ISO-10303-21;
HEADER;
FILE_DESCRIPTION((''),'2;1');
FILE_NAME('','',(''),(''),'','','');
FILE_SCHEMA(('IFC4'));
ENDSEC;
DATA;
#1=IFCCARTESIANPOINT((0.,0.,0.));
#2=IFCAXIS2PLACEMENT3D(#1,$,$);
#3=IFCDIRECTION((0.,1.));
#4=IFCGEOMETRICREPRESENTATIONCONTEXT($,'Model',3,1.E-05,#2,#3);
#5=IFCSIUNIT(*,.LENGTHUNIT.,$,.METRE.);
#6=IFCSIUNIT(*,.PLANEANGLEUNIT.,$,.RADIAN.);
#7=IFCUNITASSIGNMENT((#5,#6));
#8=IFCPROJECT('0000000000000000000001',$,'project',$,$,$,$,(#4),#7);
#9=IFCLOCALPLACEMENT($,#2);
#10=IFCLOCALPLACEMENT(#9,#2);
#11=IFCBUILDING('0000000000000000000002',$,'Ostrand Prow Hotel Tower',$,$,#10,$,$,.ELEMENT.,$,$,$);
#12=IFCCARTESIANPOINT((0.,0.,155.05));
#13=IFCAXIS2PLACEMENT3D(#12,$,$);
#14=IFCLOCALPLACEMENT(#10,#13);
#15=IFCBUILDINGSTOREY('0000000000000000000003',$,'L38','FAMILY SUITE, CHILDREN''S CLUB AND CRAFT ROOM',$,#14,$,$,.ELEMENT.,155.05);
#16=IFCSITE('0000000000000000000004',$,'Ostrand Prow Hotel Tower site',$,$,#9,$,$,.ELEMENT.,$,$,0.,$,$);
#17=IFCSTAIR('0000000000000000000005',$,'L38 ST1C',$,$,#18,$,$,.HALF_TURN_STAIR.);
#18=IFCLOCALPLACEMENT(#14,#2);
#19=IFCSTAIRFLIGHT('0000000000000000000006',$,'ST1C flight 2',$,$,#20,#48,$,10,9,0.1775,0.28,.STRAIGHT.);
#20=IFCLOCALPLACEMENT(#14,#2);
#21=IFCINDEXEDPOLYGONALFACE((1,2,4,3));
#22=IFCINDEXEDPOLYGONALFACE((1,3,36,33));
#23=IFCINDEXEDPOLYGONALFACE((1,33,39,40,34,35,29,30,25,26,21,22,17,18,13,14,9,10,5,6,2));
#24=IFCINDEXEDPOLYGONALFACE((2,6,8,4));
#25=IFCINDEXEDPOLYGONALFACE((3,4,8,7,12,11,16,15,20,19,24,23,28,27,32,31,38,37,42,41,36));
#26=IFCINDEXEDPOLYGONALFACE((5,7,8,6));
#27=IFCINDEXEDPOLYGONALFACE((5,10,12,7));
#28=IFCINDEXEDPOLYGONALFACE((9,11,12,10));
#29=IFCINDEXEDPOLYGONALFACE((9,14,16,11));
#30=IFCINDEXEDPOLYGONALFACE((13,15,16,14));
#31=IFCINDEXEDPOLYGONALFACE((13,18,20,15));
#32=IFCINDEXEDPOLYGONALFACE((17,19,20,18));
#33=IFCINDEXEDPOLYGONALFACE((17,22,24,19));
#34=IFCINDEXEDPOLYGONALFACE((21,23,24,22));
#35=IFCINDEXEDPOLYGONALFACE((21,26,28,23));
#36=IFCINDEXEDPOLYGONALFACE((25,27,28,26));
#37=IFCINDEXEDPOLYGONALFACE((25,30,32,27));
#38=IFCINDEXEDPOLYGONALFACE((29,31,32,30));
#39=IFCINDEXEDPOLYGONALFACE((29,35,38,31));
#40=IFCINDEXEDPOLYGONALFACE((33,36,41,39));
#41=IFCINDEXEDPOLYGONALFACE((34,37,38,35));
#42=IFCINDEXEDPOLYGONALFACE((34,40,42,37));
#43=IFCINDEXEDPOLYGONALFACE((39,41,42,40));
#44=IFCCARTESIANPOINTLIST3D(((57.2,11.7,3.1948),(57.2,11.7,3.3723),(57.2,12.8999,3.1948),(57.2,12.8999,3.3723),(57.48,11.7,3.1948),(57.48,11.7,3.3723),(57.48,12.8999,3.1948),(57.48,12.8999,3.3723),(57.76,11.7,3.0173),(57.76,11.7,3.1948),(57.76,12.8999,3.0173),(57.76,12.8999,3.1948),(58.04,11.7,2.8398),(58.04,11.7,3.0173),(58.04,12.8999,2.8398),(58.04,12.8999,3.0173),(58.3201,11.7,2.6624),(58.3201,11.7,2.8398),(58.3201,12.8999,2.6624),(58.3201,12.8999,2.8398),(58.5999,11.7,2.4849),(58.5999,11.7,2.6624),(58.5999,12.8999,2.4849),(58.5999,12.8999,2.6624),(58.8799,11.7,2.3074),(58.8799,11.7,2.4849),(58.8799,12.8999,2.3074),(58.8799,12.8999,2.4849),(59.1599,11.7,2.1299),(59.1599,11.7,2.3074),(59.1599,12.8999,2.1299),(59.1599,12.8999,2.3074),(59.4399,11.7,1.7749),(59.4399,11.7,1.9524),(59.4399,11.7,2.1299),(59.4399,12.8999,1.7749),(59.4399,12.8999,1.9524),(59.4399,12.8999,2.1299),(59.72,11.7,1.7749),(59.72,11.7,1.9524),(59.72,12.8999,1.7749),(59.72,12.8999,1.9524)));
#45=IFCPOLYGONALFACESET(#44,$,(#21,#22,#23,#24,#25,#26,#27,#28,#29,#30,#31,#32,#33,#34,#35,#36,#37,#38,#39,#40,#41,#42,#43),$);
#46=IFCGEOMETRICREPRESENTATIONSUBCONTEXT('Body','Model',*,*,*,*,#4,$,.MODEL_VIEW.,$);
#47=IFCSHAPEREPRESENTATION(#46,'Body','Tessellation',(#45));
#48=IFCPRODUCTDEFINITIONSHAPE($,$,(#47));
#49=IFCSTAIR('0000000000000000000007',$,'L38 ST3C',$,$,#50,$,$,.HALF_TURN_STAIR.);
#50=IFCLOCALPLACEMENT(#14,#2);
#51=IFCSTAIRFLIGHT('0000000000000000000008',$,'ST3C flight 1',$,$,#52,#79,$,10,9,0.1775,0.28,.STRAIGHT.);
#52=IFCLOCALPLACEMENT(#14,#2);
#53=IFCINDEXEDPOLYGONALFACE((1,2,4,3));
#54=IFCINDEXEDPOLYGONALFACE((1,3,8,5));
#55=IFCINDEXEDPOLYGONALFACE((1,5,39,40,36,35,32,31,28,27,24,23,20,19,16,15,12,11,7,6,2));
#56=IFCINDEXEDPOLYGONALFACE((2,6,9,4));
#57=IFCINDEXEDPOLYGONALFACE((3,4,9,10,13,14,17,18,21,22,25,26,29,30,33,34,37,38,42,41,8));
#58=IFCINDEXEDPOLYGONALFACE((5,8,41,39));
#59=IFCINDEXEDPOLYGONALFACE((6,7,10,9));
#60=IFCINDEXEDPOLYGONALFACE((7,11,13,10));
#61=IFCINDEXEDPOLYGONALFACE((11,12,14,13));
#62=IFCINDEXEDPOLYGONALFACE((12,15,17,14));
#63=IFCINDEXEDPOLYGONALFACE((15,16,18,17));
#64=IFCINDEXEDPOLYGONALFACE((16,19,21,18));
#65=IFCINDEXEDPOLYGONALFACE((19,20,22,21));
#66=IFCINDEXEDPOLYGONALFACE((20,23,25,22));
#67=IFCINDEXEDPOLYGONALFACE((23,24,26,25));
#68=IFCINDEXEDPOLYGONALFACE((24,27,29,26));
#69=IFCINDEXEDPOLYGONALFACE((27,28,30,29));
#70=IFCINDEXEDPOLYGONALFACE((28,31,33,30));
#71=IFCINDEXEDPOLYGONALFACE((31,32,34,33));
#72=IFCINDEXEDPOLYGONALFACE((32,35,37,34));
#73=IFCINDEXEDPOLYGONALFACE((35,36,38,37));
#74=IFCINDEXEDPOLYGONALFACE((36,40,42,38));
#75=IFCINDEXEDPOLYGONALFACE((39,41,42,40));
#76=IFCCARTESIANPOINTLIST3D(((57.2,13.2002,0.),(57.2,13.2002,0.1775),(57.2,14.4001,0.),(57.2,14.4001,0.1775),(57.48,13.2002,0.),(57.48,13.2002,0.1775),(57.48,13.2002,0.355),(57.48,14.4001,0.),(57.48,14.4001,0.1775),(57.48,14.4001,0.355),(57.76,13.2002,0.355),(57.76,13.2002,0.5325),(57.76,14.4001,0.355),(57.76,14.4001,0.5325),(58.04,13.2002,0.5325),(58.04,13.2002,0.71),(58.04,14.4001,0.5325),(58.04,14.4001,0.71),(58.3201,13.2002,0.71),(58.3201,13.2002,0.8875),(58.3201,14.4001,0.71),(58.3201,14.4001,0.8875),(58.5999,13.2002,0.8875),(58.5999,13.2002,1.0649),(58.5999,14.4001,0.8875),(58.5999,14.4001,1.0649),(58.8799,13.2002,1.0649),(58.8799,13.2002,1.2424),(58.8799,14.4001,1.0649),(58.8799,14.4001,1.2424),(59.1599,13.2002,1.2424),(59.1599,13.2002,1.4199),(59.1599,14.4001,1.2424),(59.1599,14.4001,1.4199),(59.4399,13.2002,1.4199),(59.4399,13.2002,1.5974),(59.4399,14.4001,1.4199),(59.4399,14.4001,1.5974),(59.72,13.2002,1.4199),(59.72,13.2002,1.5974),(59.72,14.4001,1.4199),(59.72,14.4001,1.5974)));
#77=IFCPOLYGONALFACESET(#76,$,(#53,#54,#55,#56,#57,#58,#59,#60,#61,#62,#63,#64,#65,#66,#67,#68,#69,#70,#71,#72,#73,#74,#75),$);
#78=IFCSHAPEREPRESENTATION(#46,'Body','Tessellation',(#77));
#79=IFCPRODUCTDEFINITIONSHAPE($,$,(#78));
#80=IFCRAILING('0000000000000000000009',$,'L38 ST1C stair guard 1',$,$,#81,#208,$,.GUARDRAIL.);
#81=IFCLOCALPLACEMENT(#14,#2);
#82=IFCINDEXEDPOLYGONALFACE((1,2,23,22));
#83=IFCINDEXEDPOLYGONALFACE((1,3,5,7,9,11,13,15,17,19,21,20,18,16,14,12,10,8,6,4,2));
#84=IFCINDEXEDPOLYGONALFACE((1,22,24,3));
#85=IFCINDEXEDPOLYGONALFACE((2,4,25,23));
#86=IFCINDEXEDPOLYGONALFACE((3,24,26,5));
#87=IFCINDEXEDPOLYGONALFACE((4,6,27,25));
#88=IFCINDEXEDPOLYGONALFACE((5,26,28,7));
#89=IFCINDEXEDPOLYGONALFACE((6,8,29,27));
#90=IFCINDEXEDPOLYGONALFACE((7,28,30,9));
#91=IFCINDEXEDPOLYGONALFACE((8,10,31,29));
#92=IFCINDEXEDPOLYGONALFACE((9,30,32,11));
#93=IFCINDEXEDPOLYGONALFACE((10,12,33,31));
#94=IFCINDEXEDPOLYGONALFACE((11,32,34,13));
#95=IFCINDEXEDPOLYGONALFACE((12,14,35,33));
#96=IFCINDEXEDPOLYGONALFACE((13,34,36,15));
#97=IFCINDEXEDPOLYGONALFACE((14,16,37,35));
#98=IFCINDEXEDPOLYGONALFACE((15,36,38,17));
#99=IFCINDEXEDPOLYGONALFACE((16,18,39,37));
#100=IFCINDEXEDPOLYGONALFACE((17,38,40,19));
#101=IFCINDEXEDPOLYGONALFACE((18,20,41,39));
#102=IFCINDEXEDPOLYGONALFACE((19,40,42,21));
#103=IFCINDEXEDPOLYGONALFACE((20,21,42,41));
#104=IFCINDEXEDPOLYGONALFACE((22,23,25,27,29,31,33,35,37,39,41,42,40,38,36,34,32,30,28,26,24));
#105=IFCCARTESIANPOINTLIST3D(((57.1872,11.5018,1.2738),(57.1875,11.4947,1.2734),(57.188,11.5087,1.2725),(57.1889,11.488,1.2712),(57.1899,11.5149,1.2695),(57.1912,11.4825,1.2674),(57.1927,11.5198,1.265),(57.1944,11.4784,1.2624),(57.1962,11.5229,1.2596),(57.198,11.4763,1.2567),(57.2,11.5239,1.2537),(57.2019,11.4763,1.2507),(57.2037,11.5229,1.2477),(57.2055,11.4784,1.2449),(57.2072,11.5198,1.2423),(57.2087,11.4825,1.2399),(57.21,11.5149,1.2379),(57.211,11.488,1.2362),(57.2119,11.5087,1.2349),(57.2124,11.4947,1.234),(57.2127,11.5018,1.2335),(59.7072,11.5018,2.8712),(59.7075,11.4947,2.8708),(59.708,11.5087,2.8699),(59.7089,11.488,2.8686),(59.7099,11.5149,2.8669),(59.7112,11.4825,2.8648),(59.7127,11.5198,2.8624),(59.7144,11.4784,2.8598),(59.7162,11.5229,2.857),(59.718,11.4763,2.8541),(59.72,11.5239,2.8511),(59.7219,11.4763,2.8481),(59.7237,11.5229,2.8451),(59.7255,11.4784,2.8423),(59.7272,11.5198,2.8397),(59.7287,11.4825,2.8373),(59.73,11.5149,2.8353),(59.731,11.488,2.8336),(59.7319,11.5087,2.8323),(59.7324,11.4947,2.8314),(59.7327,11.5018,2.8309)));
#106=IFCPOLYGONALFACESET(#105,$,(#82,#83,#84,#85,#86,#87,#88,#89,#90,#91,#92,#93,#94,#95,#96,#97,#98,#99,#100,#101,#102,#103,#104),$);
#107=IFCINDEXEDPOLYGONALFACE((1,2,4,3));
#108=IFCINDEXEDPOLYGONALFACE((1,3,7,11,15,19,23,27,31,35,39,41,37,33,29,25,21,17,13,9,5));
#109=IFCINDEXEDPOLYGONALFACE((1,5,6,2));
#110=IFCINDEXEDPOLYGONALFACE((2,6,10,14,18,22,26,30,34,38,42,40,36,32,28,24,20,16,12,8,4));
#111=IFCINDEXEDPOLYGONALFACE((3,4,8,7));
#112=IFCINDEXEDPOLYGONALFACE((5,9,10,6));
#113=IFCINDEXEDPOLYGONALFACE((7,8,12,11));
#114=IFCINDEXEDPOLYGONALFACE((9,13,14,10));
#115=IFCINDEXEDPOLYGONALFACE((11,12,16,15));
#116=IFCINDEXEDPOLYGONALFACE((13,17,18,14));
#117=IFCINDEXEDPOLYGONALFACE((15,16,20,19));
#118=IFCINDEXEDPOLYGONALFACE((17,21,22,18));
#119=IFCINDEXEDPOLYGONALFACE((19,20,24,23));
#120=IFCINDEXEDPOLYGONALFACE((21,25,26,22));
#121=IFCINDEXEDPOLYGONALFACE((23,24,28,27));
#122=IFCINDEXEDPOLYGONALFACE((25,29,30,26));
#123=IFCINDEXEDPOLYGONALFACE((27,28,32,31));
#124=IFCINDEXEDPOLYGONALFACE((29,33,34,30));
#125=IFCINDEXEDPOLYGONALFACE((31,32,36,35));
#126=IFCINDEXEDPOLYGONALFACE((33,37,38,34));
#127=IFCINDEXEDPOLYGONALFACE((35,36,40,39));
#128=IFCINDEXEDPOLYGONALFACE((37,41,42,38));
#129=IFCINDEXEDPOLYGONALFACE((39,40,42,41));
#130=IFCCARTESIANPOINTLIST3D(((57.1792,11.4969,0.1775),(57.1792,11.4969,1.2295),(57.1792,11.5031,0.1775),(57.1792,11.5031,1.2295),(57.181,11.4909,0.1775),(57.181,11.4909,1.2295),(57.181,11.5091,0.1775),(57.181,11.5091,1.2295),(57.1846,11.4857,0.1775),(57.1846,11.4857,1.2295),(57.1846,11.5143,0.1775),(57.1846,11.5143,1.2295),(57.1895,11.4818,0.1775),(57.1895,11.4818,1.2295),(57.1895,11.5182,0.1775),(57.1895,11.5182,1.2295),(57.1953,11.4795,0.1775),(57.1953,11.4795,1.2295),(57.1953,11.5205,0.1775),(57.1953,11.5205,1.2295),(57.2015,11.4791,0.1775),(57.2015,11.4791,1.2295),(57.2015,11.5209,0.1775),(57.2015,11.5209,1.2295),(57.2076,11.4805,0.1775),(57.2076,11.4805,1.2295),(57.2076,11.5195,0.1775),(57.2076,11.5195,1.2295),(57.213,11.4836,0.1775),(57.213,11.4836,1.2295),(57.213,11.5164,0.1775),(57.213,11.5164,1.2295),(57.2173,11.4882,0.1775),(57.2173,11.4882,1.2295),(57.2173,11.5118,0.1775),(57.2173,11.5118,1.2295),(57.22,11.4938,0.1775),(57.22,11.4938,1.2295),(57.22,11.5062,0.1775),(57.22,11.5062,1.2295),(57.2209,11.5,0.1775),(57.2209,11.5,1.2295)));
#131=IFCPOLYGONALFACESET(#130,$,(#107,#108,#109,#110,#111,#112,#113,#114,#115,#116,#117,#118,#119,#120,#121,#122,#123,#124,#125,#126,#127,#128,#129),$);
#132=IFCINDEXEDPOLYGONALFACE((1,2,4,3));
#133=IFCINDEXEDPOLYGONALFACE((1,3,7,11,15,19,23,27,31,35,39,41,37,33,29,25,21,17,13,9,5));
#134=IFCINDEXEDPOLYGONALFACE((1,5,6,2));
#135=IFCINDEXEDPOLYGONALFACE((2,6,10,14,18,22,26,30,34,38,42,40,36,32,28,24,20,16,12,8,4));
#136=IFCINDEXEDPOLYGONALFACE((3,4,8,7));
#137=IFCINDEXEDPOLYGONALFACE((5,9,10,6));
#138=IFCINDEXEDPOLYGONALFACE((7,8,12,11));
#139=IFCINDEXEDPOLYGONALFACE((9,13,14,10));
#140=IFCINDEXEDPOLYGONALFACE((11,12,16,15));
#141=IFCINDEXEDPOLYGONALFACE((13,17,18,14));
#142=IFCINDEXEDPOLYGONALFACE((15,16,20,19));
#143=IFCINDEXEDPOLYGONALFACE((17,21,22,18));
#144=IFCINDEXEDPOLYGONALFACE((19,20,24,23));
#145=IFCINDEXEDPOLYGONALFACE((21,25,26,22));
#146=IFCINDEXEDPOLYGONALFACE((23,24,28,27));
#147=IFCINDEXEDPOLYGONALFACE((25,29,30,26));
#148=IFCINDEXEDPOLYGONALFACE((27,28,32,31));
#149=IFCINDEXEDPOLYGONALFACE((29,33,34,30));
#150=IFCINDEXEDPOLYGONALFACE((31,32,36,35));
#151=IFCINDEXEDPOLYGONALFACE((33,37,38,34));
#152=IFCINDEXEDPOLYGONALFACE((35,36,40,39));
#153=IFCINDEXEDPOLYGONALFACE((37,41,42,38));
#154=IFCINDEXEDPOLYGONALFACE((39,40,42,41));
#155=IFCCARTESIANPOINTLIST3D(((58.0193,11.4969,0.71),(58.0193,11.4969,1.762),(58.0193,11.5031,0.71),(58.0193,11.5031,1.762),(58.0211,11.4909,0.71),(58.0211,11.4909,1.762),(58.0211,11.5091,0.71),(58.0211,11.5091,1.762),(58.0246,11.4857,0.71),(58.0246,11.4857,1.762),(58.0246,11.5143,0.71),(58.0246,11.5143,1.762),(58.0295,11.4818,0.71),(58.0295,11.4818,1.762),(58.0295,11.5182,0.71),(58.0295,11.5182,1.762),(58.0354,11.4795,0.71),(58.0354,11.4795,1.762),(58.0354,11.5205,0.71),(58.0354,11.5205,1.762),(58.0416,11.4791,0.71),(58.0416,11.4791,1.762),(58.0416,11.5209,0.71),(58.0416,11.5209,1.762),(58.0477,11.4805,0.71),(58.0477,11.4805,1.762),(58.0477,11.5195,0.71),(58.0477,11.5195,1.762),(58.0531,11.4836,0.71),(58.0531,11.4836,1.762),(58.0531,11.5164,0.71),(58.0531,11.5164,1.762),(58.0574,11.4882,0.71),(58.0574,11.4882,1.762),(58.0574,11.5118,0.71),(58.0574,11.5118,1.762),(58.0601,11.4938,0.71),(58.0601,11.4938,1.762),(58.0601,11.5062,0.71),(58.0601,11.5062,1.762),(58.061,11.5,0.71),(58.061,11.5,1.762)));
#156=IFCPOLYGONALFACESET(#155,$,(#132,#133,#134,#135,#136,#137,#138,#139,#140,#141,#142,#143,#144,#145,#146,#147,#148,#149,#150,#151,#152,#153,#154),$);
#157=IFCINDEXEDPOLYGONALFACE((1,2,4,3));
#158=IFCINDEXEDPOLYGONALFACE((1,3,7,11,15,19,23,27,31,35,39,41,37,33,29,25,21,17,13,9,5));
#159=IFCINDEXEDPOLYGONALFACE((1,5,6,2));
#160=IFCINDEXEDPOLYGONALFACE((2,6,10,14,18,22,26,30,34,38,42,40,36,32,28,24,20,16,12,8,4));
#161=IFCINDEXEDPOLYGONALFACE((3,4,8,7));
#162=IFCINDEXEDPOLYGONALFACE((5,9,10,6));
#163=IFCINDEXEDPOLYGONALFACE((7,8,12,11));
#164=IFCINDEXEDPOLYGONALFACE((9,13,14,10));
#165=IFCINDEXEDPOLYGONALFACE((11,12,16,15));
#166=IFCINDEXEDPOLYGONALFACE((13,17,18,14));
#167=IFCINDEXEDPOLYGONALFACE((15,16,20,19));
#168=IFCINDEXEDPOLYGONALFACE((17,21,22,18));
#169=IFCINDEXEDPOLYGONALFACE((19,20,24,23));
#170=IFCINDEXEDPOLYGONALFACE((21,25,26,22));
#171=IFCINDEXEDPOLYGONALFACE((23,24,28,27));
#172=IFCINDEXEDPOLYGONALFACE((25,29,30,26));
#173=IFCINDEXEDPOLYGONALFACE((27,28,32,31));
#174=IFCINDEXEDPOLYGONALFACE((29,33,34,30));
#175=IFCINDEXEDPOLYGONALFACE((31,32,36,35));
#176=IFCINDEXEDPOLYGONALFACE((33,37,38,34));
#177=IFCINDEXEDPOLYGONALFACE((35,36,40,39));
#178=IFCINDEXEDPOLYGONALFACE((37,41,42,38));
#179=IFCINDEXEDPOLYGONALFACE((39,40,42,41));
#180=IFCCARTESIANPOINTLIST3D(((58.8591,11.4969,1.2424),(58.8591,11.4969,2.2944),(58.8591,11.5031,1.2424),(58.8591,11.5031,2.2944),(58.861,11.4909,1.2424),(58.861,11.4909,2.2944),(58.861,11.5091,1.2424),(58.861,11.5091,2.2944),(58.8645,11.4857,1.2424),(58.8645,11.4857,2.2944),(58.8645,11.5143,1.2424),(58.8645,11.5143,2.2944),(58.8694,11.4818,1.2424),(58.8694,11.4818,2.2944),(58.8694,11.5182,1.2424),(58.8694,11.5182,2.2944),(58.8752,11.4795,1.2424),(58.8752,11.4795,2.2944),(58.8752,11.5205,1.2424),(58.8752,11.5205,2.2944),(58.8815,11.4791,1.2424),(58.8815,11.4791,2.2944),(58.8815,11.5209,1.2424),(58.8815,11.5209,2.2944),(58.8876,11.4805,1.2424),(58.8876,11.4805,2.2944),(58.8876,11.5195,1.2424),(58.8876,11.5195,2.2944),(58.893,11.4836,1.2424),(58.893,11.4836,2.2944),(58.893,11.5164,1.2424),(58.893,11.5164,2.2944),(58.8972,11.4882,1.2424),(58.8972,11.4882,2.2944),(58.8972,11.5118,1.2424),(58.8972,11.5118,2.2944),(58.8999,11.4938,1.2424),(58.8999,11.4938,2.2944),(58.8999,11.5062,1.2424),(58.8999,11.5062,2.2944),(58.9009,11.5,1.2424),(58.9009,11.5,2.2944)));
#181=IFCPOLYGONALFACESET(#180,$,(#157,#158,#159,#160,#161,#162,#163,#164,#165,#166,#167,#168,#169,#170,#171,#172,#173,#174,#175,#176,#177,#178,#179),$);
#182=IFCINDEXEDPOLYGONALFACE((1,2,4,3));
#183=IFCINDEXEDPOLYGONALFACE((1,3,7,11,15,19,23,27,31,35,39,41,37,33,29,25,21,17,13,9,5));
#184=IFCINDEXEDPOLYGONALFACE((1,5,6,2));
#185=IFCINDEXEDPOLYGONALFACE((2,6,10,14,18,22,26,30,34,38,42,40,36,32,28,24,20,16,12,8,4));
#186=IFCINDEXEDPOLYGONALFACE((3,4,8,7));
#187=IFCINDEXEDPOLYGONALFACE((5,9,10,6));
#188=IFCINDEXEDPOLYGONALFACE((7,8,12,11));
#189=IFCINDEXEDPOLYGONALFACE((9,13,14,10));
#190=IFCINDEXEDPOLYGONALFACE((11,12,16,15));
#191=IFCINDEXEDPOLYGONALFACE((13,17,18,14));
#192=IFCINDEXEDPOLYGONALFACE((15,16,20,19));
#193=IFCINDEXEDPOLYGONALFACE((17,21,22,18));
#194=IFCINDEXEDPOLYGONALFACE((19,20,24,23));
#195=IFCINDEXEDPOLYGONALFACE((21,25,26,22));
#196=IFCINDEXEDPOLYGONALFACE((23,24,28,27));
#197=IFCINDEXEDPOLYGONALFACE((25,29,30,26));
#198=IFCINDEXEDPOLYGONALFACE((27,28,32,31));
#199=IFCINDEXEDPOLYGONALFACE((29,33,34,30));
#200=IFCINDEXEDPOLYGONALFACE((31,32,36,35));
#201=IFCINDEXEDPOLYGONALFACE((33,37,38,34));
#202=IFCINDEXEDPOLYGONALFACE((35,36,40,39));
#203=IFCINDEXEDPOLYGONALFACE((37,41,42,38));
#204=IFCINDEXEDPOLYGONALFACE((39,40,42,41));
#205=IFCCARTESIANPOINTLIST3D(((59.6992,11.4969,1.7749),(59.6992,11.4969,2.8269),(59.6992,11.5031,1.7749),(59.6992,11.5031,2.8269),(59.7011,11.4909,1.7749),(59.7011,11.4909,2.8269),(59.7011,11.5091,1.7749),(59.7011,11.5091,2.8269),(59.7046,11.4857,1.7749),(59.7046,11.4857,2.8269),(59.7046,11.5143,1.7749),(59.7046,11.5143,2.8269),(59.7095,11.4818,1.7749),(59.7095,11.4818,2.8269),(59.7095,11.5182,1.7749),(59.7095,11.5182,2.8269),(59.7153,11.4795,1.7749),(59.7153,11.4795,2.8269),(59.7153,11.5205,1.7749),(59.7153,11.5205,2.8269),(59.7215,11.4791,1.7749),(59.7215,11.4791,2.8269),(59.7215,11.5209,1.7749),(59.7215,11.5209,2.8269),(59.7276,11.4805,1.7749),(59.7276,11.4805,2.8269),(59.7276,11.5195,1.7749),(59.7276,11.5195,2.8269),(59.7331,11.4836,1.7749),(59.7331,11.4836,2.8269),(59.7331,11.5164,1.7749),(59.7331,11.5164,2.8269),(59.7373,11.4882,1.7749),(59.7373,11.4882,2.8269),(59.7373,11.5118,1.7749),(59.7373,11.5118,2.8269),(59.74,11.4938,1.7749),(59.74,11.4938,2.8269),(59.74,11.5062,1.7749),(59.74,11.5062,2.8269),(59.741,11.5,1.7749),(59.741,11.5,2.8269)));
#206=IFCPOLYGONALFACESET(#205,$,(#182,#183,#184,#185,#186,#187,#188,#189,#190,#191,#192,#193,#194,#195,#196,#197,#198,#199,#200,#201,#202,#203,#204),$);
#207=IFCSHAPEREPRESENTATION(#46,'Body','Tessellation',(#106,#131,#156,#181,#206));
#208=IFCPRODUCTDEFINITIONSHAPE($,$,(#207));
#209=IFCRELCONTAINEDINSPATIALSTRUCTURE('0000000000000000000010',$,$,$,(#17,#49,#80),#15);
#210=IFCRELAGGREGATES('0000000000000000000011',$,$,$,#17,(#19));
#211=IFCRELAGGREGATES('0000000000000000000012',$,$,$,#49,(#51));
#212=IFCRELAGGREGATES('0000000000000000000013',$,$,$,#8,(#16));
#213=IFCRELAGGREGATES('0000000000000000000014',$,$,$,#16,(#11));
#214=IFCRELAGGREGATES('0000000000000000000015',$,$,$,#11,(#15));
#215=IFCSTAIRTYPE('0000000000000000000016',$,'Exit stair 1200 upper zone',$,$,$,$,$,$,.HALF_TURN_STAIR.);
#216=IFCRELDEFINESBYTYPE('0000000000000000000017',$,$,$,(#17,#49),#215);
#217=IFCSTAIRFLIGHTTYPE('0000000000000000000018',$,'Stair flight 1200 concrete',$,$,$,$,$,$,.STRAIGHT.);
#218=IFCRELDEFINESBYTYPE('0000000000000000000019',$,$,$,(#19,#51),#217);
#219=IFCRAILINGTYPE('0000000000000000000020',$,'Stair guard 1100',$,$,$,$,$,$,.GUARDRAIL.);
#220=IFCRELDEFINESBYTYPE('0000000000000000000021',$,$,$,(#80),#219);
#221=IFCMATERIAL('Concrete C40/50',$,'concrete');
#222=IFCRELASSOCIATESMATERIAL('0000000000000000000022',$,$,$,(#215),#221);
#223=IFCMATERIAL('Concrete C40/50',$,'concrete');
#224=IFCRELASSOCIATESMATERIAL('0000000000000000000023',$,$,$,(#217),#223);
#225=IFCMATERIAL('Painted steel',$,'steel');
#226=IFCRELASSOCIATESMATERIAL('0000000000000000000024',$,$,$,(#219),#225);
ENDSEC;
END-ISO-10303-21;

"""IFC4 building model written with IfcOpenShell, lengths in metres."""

from ifc_helpers import new_model, si_unit, direction, frame, origin, origin_2d, place, context, subcontext, project, spatial, polyline, circle, outline, extrude, material, type_object, element, aggregate, save


model = new_model("IFC4")

# Units and contexts
model_context = context("Model", 3, precision=1e-05, world=origin(), true_north=direction((0.0, 1.0)))
body_context = subcontext(model_context, "Body", "Model", "MODEL_VIEW")
ifc_project = project(units=[si_unit("LENGTHUNIT", "METRE"), si_unit("PLANEANGLEUNIT", "RADIAN")], contexts=[model_context])

# Site, building, storey
site_placement = place(None, origin())
site = spatial("IfcSite", under=ifc_project, at=site_placement, Name="Ostrand Prow Hotel Tower site", CompositionType="ELEMENT", RefElevation=0.0)
building_placement = place(site_placement, origin())
building = spatial("IfcBuilding", under=site, at=building_placement, Name="Ostrand Prow Hotel Tower", CompositionType="ELEMENT")
storey_placement = place(building_placement, frame((0.0, 0.0, 155.05)))
storey = spatial("IfcBuildingStorey", under=building, at=storey_placement, Name="L38", Description="FAMILY SUITE, CHILDREN'S CLUB AND CRAFT ROOM", CompositionType="ELEMENT", Elevation=155.05)

# Stair, stair flight
ifc_material_1 = material(Name="Concrete C40/50", Category="concrete")
stair_type = type_object("IfcStairType", Name="Exit stair 1200 upper zone", PredefinedType="HALF_TURN_STAIR", material=ifc_material_1)
stair_1_placement = place(storey_placement, origin())
stair_1 = element("IfcStair", 1, at=stair_1_placement, inside=storey, type_object=stair_type, Name="L38 ST1C", PredefinedType="HALF_TURN_STAIR")
ifc_material_2 = material(Name="Concrete C40/50", Category="concrete")
stair_flight_type = type_object("IfcStairFlightType", Name="Stair flight 1200 concrete", PredefinedType="STRAIGHT", material=ifc_material_2)
stair_flight_1_placement = place(storey_placement, frame((59.72, 12.3, 1.7749), z_axis=(0.0, 0.0, 1.0), x_axis=(-1.0, 0.0, 0.0)))
stair_flight_1 = element("IfcStairFlight", 2, at=stair_flight_1_placement, type_object=stair_flight_type, Name="ST1C flight 2", NumberOfRisers=10, NumberOfTreads=9, PredefinedType="STRAIGHT", RiserHeight=0.1775, TreadLength=0.28, context=body_context, shape_type="SweptSolid", body=[
    extrude(outline(polyline([(0.0, 0.0), (0.0, 0.1775), (0.28, 0.1775), (0.28, 0.355), (0.5601, 0.355), (0.5601, 0.5325), (0.8401, 0.5325), (0.8401, 0.71), (1.1201, 0.71), (1.1201, 0.8875), (1.3999, 0.8875), (1.3999, 1.0649), (1.6799, 1.0649), (1.6799, 1.2424), (1.96, 1.2424), (1.96, 1.4199), (2.24, 1.4199), (2.24, 1.5974), (2.52, 1.5974), (2.52, 1.7749), (2.52, 1.4199), (0.28, 0.0), (0.0, 0.0)])), frame((0.0, 0.6001, 0.0), z_axis=(0.0, -1.0, 0.0), x_axis=(1.0, 0.0, 0.0)), (0.0, 0.0, 1.0), 1.2),
])
aggregate(stair_1, [stair_flight_1])

# Stair, stair flight
stair_2_placement = place(storey_placement, origin())
stair_2 = element("IfcStair", 3, at=stair_2_placement, inside=storey, type_object=stair_type, Name="L38 ST3C", PredefinedType="HALF_TURN_STAIR")
stair_flight_2_placement = place(storey_placement, frame((57.2, 13.8, 0.0), z_axis=(0.0, 0.0, 1.0), x_axis=(1.0, 0.0, 0.0)))
stair_flight_2 = element("IfcStairFlight", 4, at=stair_flight_2_placement, type_object=stair_flight_type, Name="ST3C flight 1", NumberOfRisers=10, NumberOfTreads=9, PredefinedType="STRAIGHT", RiserHeight=0.1775, TreadLength=0.28, context=body_context, shape_type="SweptSolid", body=[
    extrude(outline(polyline([(0.0, 0.0), (0.0, 0.1775), (0.28, 0.1775), (0.28, 0.355), (0.5601, 0.355), (0.5601, 0.5325), (0.8401, 0.5325), (0.8401, 0.71), (1.1201, 0.71), (1.1201, 0.8875), (1.3999, 0.8875), (1.3999, 1.0649), (1.6799, 1.0649), (1.6799, 1.2424), (1.96, 1.2424), (1.96, 1.4199), (2.24, 1.4199), (2.24, 1.5974), (2.52, 1.5974), (2.52, 1.7749), (2.52, 1.4199), (0.28, 0.0), (0.0, 0.0)])), frame((0.0, 0.6001, 0.0), z_axis=(0.0, -1.0, 0.0), x_axis=(1.0, 0.0, 0.0)), (0.0, 0.0, 1.0), 1.2),
])
aggregate(stair_2, [stair_flight_2])

# Railing
ifc_material_3 = material(Name="Painted steel", Category="steel")
railing_type_1 = type_object("IfcRailingType", Name="Stair guard 1100", PredefinedType="GUARDRAIL", material=ifc_material_3)
railing_1_placement = place(storey_placement, frame((57.2, 11.5, 0.1775)))
element("IfcRailing", 5, at=railing_1_placement, inside=storey, type_object=railing_type_1, Name="L38 ST1C stair guard 1", PredefinedType="GUARDRAIL", context=body_context, shape_type="SweptSolid", body=[
    extrude(circle(Radius=0.0239, at=origin_2d()), frame((0.0, 0.0, 1.0762), z_axis=(0.844607, 0.0, 0.535387), x_axis=(0.0, 1.0, 0.0)), (0.0, 0.0, 1.0), 2.9836),
    extrude(circle(Radius=0.021, at=origin_2d()), origin(), (0.0, 0.0, 1.0), 1.052),
    extrude(circle(Radius=0.021, at=origin_2d()), frame((0.8401, 0.0, 0.5325)), (0.0, 0.0, 1.0), 1.052),
    extrude(circle(Radius=0.021, at=origin_2d()), frame((1.6799, 0.0, 1.0649)), (0.0, 0.0, 1.0), 1.052),
    extrude(circle(Radius=0.021, at=origin_2d()), frame((2.52, 0.0, 1.5974)), (0.0, 0.0, 1.0), 1.052),
])

save(model, "model.ifc")
